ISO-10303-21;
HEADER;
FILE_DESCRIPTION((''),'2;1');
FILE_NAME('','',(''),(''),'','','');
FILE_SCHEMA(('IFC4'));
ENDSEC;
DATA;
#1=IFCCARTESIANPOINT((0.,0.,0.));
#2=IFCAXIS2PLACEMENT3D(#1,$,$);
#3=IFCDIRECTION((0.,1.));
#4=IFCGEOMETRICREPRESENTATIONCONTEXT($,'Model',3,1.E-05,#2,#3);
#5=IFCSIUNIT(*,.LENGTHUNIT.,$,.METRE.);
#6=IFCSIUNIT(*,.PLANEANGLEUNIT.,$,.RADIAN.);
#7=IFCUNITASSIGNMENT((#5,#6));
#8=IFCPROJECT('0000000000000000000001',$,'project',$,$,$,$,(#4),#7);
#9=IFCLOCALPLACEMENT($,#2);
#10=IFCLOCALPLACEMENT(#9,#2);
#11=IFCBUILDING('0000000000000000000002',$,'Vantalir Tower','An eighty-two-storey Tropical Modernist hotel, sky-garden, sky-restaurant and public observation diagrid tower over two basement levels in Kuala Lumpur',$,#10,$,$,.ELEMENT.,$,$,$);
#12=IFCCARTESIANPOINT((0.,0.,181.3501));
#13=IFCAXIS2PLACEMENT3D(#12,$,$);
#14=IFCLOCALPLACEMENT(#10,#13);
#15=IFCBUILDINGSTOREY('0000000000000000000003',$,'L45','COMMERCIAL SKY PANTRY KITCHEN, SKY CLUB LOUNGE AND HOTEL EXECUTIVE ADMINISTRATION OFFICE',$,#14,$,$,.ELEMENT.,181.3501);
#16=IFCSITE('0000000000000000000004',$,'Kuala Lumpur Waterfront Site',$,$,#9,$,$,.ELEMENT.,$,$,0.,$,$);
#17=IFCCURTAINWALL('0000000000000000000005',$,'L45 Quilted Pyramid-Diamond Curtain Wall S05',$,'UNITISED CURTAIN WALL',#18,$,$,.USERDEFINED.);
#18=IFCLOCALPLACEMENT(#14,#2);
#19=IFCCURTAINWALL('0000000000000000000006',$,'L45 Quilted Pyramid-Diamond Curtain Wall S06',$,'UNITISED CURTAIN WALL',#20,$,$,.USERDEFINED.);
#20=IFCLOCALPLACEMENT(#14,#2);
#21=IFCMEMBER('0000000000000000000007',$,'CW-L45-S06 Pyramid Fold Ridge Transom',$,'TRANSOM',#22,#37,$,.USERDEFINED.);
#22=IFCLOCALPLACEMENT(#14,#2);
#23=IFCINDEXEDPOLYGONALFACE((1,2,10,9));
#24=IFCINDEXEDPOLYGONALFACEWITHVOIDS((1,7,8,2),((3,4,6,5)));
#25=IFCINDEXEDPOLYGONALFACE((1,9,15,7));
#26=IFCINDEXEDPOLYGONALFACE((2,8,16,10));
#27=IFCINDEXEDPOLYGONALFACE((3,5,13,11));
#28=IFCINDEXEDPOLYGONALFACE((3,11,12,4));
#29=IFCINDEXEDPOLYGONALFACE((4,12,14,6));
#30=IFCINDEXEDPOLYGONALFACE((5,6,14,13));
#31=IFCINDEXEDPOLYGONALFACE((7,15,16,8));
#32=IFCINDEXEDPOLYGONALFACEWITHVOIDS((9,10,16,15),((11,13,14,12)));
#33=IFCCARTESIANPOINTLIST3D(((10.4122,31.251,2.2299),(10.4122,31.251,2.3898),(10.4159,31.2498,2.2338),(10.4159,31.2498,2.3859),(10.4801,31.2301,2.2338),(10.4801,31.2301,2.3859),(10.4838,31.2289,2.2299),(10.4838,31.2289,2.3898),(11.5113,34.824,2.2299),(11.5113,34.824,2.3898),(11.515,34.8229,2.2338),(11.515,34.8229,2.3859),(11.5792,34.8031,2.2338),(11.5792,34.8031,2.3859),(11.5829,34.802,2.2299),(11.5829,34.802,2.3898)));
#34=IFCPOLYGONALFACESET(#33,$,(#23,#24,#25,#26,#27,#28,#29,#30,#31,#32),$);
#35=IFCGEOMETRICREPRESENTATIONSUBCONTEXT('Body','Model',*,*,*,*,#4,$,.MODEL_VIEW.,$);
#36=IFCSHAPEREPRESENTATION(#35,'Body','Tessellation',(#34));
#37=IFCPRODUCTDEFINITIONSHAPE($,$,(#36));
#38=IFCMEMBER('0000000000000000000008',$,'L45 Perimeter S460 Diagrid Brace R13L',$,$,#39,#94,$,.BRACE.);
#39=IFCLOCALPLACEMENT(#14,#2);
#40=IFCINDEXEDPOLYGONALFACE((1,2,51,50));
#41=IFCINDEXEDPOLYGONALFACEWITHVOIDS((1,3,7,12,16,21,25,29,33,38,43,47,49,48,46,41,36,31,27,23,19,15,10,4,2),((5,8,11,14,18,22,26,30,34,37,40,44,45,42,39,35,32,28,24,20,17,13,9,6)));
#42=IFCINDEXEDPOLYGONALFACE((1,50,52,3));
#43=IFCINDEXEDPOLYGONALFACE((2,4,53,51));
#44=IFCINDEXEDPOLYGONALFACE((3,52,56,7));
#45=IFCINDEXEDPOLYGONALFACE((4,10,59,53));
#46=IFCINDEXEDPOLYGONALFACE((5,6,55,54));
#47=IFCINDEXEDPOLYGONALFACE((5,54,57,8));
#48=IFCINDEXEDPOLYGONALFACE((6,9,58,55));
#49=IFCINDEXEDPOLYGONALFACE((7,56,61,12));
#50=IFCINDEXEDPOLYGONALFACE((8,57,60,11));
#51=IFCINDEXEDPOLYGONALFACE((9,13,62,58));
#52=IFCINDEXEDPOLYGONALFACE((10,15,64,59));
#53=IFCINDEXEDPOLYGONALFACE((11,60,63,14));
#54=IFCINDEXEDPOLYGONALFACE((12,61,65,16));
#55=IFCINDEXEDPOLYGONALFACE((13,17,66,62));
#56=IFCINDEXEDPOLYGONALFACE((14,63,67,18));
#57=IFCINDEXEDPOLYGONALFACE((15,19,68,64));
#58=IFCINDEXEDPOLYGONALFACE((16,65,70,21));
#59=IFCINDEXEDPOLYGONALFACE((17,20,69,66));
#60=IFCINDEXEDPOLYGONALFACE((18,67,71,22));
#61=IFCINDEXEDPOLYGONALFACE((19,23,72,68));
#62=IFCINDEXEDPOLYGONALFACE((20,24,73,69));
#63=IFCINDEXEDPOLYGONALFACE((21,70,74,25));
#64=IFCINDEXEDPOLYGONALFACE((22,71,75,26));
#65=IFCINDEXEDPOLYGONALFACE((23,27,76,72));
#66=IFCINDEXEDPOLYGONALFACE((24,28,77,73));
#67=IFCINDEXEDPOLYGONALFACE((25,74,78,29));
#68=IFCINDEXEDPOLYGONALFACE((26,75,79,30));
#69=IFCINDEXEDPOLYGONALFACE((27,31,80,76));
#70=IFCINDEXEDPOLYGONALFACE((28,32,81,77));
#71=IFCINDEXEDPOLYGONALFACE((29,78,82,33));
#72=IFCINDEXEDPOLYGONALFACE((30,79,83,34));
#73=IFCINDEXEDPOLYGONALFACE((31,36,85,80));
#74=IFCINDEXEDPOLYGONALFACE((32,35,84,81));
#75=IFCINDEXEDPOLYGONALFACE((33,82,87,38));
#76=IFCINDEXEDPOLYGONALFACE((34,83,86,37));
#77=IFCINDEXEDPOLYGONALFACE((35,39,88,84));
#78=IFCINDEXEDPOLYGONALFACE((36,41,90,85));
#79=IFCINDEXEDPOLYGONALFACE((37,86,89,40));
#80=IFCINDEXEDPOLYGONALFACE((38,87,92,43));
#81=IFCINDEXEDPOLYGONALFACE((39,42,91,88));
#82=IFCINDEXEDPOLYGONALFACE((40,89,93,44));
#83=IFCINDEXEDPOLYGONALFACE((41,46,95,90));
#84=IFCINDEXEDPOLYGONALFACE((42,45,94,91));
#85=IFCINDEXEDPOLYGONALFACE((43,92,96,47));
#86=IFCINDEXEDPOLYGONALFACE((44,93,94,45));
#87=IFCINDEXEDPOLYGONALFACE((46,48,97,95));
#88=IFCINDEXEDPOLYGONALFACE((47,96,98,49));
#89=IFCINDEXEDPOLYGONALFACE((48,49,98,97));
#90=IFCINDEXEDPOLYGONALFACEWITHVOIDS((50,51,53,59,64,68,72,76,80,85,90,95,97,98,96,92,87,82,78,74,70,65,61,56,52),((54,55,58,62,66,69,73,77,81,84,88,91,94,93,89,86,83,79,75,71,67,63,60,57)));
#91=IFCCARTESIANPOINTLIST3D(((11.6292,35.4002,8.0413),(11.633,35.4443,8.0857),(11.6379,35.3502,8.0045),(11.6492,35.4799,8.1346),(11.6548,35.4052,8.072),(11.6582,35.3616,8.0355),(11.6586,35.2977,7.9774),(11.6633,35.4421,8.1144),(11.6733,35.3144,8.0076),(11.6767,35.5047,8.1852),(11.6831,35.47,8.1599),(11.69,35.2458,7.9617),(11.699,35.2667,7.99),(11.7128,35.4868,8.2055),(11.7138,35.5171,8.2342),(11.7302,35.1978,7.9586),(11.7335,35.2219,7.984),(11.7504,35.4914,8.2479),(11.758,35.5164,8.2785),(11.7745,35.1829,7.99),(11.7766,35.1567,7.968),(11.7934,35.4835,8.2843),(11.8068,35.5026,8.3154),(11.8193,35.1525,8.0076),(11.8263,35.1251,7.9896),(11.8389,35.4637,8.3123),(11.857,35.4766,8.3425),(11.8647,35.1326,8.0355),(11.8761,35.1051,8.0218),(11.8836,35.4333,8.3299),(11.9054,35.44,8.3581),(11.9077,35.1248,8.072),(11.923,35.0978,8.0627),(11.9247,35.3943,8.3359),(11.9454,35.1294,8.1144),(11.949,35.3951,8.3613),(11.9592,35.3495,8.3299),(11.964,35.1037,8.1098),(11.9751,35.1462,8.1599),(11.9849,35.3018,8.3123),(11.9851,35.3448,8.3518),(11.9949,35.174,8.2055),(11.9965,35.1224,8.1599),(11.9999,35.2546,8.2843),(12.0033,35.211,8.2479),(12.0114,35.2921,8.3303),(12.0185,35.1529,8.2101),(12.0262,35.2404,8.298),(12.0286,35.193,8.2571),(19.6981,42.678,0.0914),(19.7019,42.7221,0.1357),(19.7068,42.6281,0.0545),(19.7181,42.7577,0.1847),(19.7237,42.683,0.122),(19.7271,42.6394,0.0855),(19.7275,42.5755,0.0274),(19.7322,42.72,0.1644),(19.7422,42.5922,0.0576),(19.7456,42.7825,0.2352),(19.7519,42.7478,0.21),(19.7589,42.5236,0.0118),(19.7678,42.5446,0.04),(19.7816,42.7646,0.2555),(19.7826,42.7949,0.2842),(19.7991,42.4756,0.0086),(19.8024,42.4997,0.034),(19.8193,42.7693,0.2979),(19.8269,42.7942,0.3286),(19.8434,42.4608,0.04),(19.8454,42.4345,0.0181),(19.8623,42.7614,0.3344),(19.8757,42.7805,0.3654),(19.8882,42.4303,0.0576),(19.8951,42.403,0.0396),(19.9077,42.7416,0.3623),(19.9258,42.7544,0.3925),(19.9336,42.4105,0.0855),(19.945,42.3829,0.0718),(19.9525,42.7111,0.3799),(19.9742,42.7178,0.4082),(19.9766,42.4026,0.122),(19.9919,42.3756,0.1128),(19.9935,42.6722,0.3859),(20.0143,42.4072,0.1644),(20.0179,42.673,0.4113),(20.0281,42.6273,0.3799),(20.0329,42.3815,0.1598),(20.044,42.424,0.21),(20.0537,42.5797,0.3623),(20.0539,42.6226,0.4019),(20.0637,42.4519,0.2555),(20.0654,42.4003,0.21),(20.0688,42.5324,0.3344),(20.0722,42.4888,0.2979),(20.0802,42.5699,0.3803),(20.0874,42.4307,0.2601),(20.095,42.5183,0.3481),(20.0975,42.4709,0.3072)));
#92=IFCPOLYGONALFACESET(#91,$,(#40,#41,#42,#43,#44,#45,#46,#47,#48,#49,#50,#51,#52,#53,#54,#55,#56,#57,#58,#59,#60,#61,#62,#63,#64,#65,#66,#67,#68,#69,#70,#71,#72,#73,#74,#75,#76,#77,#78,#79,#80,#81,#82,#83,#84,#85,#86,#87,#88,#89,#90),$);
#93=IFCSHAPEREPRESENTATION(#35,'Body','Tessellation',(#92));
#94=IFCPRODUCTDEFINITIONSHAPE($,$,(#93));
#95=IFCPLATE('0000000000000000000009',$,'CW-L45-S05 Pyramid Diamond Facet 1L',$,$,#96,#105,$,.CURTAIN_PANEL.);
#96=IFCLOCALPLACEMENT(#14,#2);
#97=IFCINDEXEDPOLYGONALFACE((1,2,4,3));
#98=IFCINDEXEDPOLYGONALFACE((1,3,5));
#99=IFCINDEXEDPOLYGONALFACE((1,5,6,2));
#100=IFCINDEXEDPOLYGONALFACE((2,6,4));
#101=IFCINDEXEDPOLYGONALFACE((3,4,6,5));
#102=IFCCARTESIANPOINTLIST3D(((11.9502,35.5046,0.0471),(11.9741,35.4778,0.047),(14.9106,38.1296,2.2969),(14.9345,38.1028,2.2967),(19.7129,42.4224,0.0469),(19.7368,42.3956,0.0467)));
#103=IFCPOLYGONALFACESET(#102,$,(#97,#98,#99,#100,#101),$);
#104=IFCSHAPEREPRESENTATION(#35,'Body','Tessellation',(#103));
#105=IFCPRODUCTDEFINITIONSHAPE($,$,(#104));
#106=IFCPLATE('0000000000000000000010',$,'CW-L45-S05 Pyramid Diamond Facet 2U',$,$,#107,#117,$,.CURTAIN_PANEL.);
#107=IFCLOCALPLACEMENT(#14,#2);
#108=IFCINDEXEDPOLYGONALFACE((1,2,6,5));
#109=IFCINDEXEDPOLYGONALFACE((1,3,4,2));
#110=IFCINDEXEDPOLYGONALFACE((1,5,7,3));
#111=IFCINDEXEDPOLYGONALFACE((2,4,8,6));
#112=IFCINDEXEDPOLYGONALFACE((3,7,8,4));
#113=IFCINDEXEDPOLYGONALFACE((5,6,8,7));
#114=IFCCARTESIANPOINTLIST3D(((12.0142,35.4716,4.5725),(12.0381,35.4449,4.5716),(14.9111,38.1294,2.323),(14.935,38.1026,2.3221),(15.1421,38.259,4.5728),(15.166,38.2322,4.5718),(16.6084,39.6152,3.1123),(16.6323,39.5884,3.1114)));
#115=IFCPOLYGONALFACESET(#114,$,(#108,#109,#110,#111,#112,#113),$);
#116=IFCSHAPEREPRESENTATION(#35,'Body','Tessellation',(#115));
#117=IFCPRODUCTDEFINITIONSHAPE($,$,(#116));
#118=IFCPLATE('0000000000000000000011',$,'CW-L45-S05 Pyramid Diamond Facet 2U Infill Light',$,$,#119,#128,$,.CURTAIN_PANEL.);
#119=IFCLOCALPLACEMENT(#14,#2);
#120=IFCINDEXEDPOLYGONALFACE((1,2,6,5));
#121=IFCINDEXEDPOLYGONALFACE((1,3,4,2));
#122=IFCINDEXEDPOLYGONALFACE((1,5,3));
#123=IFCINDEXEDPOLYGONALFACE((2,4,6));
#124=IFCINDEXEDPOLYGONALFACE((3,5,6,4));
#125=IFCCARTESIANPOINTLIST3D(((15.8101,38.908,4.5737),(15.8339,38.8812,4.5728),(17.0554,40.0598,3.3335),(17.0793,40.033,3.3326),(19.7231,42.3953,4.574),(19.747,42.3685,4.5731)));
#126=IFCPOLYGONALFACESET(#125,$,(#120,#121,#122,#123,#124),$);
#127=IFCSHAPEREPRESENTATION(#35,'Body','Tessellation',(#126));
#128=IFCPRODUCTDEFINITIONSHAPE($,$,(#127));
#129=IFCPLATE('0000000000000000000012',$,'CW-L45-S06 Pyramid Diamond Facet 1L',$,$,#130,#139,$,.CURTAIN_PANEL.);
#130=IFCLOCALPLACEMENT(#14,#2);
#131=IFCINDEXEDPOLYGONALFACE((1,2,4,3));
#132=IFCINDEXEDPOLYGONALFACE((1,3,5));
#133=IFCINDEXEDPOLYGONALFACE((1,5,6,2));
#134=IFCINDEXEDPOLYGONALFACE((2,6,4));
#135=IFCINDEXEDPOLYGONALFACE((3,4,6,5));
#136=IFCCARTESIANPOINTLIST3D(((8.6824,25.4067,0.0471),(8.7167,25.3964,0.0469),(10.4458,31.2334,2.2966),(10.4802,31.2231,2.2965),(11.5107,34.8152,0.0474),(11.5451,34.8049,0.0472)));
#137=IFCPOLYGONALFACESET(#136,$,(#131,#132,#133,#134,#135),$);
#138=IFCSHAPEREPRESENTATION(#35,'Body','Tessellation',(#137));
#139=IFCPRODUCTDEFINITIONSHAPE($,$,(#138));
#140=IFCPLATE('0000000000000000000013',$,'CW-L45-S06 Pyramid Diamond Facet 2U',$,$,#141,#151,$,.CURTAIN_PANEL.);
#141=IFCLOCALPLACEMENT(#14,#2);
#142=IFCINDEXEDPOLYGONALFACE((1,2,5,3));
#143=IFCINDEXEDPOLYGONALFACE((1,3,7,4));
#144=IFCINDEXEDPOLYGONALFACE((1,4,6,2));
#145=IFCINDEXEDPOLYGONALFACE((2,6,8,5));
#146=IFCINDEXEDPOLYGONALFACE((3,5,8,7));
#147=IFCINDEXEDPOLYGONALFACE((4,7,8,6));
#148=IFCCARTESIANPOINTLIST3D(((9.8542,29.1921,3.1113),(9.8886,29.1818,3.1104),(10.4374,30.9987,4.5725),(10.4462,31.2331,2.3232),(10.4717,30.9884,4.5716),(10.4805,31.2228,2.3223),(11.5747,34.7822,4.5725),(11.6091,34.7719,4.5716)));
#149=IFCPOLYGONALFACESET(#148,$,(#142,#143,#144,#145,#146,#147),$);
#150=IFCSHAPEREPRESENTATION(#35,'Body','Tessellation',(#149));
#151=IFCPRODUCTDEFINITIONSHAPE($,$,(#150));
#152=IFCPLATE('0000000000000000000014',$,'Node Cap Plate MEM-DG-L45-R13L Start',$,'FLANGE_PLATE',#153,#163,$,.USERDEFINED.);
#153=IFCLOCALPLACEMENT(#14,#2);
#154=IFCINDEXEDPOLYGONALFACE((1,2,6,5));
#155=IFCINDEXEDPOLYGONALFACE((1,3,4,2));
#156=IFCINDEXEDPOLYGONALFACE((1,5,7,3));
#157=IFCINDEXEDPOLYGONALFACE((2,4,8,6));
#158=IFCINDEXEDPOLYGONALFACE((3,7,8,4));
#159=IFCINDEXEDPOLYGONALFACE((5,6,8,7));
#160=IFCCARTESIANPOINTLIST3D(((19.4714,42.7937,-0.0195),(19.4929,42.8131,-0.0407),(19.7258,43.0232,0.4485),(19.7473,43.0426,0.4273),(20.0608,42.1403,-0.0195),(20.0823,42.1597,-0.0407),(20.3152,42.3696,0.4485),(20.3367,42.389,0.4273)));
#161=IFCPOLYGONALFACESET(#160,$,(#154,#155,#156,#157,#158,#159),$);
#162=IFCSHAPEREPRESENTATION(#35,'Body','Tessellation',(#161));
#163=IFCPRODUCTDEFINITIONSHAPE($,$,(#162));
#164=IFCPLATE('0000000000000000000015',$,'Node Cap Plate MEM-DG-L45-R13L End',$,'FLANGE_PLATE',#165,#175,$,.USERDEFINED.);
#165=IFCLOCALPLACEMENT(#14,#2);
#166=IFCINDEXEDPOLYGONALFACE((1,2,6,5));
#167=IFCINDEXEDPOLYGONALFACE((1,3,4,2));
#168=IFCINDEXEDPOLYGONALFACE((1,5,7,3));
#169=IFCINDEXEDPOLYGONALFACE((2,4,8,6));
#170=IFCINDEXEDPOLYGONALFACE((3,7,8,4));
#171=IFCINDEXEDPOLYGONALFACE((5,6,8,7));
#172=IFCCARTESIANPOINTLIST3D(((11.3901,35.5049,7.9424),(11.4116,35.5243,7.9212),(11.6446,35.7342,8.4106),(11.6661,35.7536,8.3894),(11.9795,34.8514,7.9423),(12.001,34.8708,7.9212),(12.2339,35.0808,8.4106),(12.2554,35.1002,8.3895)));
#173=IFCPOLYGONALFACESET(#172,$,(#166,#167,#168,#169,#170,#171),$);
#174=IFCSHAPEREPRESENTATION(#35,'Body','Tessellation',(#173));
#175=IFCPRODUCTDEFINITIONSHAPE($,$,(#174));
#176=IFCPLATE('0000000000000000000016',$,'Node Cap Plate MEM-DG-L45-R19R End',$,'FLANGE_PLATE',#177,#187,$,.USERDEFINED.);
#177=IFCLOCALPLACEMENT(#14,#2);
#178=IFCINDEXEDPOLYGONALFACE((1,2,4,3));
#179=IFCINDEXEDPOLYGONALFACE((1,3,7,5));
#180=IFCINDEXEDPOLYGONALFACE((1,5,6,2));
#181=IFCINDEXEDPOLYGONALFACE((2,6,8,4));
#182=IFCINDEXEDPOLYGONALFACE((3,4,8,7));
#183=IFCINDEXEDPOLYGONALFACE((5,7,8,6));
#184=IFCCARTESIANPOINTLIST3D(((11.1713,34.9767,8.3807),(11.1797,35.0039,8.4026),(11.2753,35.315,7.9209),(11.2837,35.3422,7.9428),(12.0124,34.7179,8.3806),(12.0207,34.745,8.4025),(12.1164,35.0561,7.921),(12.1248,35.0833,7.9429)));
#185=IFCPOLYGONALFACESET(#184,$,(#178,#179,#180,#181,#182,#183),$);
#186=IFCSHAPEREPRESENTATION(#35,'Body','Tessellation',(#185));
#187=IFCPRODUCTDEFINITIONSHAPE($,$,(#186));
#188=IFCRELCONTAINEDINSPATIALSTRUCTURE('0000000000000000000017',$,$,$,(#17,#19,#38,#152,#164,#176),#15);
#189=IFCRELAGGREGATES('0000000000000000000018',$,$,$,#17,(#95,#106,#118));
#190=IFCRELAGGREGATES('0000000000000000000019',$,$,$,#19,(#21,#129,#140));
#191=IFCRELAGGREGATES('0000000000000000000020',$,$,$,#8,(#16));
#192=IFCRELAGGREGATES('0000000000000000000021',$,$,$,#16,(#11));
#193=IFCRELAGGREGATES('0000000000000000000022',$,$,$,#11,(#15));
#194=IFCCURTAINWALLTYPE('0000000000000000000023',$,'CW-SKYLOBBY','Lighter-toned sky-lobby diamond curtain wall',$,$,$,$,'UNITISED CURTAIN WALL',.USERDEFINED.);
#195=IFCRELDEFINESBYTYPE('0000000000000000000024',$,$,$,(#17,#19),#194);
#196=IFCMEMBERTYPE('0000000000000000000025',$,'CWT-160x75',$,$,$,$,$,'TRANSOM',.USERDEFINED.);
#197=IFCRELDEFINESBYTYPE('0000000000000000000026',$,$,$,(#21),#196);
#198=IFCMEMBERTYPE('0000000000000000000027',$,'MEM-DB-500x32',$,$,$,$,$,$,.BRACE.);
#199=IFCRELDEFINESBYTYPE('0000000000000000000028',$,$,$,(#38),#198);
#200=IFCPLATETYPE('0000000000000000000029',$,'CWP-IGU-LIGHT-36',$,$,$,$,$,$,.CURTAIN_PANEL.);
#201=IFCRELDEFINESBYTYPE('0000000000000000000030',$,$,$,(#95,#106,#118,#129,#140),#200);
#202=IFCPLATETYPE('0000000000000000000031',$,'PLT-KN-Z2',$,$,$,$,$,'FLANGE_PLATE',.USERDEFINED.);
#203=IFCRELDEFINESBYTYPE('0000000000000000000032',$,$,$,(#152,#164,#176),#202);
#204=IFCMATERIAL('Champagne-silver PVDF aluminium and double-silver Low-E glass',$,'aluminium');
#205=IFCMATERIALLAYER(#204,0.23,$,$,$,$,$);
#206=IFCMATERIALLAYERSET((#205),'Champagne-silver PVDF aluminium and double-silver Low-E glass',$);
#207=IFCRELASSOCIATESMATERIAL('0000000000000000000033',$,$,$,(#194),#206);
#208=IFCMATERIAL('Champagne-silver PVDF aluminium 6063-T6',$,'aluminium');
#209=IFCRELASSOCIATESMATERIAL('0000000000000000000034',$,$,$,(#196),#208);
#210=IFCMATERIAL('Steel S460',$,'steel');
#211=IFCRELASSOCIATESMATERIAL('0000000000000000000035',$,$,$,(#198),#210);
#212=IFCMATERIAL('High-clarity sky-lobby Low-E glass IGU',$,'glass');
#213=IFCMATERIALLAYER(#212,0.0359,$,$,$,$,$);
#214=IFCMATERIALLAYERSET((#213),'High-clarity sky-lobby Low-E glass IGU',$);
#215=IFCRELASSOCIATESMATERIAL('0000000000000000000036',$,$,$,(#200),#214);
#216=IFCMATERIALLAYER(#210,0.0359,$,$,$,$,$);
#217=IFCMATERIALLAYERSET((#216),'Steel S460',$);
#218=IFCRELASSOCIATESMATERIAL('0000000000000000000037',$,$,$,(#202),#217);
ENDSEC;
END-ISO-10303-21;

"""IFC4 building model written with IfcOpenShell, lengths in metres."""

from ifc_helpers import new_model, si_unit, direction, frame, origin, origin_2d, place, context, subcontext, project, spatial, polyline, hollow_rectangle, hollow_circle, outline, extrude, material, layer, layer_set, material_profile, profile_set, type_object, element, aggregate, save


model = new_model("IFC4")

# Units and contexts
model_context = context("Model", 3, precision=1e-05, world=origin(), true_north=direction((0.0, 1.0)))
body_context = subcontext(model_context, "Body", "Model", "MODEL_VIEW")
ifc_project = project(units=[si_unit("LENGTHUNIT", "METRE"), si_unit("PLANEANGLEUNIT", "RADIAN")], contexts=[model_context])

# Site, building, storey
site_placement = place(None, origin())
site = spatial("IfcSite", under=ifc_project, at=site_placement, Name="Kuala Lumpur Waterfront Site", CompositionType="ELEMENT", RefElevation=0.0)
building_placement = place(site_placement, origin())
building = spatial("IfcBuilding", under=site, at=building_placement, Name="Vantalir Tower", Description="An eighty-two-storey Tropical Modernist hotel, sky-garden, sky-restaurant and public observation diagrid tower over two basement levels in Kuala Lumpur", CompositionType="ELEMENT")
storey_placement = place(building_placement, frame((0.0, 0.0, 181.3501)))
storey = spatial("IfcBuildingStorey", under=building, at=storey_placement, Name="L45", Description="COMMERCIAL SKY PANTRY KITCHEN, SKY CLUB LOUNGE AND HOTEL EXECUTIVE ADMINISTRATION OFFICE", CompositionType="ELEMENT", Elevation=181.3501)

# Shared definitions
ifc_material_1 = material(Name="Steel S460", Category="steel")

# Curtain wall
ifc_material_2 = material(Name="Champagne-silver PVDF aluminium and double-silver Low-E glass", Category="aluminium")
ifc_layer_1 = layer(ifc_material_2, 0.23)
ifc_layer_set_1 = layer_set([ifc_layer_1], Name="Champagne-silver PVDF aluminium and double-silver Low-E glass")
curtain_wall_type = type_object("IfcCurtainWallType", Name="CW-SKYLOBBY", Description="Lighter-toned sky-lobby diamond curtain wall", ElementType="UNITISED CURTAIN WALL", PredefinedType="USERDEFINED", material=ifc_layer_set_1)
curtain_wall_1_placement = place(storey_placement, origin())
curtain_wall_1 = element("IfcCurtainWall", 1, at=curtain_wall_1_placement, inside=storey, type_object=curtain_wall_type, Name="L45 Quilted Pyramid-Diamond Curtain Wall S05", ObjectType="UNITISED CURTAIN WALL", PredefinedType="USERDEFINED")
ifc_material_3 = material(Name="Champagne-silver PVDF aluminium 6063-T6", Category="aluminium")

# Curtain wall
curtain_wall_2_placement = place(storey_placement, origin())
curtain_wall_2 = element("IfcCurtainWall", 2, at=curtain_wall_2_placement, inside=storey, type_object=curtain_wall_type, Name="L45 Quilted Pyramid-Diamond Curtain Wall S06", ObjectType="UNITISED CURTAIN WALL", PredefinedType="USERDEFINED")

# Members
ifc_material_profile_1 = material_profile(ifc_material_3, hollow_rectangle(XDim=0.075, YDim=0.1599, WallThickness=0.0039, at=origin_2d()), Name="Champagne-silver PVDF aluminium 6063-T6")
ifc_profile_set_1 = profile_set([ifc_material_profile_1], Name="Champagne-silver PVDF aluminium 6063-T6")
member_type_1 = type_object("IfcMemberType", Name="CWT-160x75", ElementType="TRANSOM", PredefinedType="USERDEFINED", material=ifc_profile_set_1)
member_1_placement = place(storey_placement, frame((11.5471, 34.813, 2.3098), z_axis=(-0.294022, -0.955799, 0.0), x_axis=(0.955799, -0.294022, 0.0)))
member_1 = element("IfcMember", 3, at=member_1_placement, type_object=member_type_1, Name="CW-L45-S06 Pyramid Fold Ridge Transom", ObjectType="TRANSOM", PredefinedType="USERDEFINED", context=body_context, shape_type="SweptSolid", body=[
    extrude(hollow_rectangle(XDim=0.075, YDim=0.1599, WallThickness=0.0039, at=origin_2d()), origin(), (0.0, 0.0, 1.0), 3.7383),
])
ifc_material_profile_2 = material_profile(ifc_material_1, hollow_circle(Radius=0.25, WallThickness=0.032, at=origin_2d()), Name="Steel S460")
ifc_profile_set_2 = profile_set([ifc_material_profile_2], Name="Steel S460")
member_type_2 = type_object("IfcMemberType", Name="MEM-DB-500x32", PredefinedType="BRACE", material=ifc_profile_set_2)
member_2_placement = place(storey_placement, frame((19.8979, 42.5859, 0.21), z_axis=(-0.599298, -0.540547, 0.590467), x_axis=(0.669771, -0.742568, 0.0)))
element("IfcMember", 4, at=member_2_placement, inside=storey, type_object=member_type_2, Name="L45 Perimeter S460 Diagrid Brace R13L", PredefinedType="BRACE", context=body_context, shape_type="SweptSolid", body=[
    extrude(hollow_circle(Radius=0.25, WallThickness=0.032, at=origin_2d()), origin(), (0.0, 0.0, 1.0), 13.4639),
])

# Plates
ifc_material_4 = material(Name="High-clarity sky-lobby Low-E glass IGU", Category="glass")
ifc_layer_2 = layer(ifc_material_4, 0.0359)
ifc_layer_set_2 = layer_set([ifc_layer_2], Name="High-clarity sky-lobby Low-E glass IGU")
plate_type_1 = type_object("IfcPlateType", Name="CWP-IGU-LIGHT-36", PredefinedType="CURTAIN_PANEL", material=ifc_layer_set_2)
plate_1_placement = place(storey_placement, frame((19.7129, 42.4224, 0.0469), z_axis=(-0.6653, 0.746563, 0.004381), x_axis=(-0.746571, -0.665306, 0.000023)))
plate_1 = element("IfcPlate", 5, at=plate_1_placement, type_object=plate_type_1, Name="CW-L45-S05 Pyramid Diamond Facet 1L", PredefinedType="CURTAIN_PANEL", context=body_context, shape_type="SweptSolid", body=[
    extrude(outline(polyline([(0.0, 0.0), (10.3978, 0.0), (6.4412, 2.2499), (0.0, 0.0)])), origin(), (0.0, 0.0, -1.0), 0.0359),
])
plate_2_placement = place(storey_placement, frame((15.1421, 38.259, 4.5728), z_axis=(-0.66509, 0.746336, 0.025271), x_axis=(-0.746575, -0.665301, -0.000059)))
plate_2 = element("IfcPlate", 6, at=plate_2_placement, type_object=plate_type_1, Name="CW-L45-S05 Pyramid Diamond Facet 2U", PredefinedType="CURTAIN_PANEL", context=body_context, shape_type="SweptSolid", body=[
    extrude(outline(polyline([(0.0, 0.0), (4.1897, 0.0), (0.2588, -2.2505), (-1.9969, -1.461), (0.0, 0.0)])), origin(), (0.0, 0.0, -1.0), 0.0359),
])
plate_3_placement = place(storey_placement, frame((19.7231, 42.3953, 4.574), z_axis=(-0.665111, 0.746316, 0.025273), x_axis=(-0.746556, -0.665323, -0.000047)))
plate_3 = element("IfcPlate", 7, at=plate_3_placement, type_object=plate_type_1, Name="CW-L45-S05 Pyramid Diamond Facet 2U Infill Light", PredefinedType="CURTAIN_PANEL", context=body_context, shape_type="SweptSolid", body=[
    extrude(outline(polyline([(0.0, 0.0), (5.2415, 0.0), (3.5455, -1.2407), (0.0, 0.0)])), origin(), (0.0, 0.0, -1.0), 0.0359),
])
aggregate(curtain_wall_1, [plate_1, plate_2, plate_3])
plate_4_placement = place(storey_placement, frame((11.5107, 34.8152, 0.0474), z_axis=(-0.957651, 0.287889, 0.005031), x_axis=(-0.287893, -0.957663, -0.000025)))
plate_4 = element("IfcPlate", 8, at=plate_4_placement, type_object=plate_type_1, Name="CW-L45-S06 Pyramid Diamond Facet 1L", PredefinedType="CURTAIN_PANEL", context=body_context, shape_type="SweptSolid", body=[
    extrude(outline(polyline([(0.0, 0.0), (9.8244, 0.0), (3.7367, 2.2494), (0.0, 0.0)])), origin(), (0.0, 0.0, -1.0), 0.0359),
])
plate_5_placement = place(storey_placement, frame((11.5747, 34.7822, 4.5725), z_axis=(-0.957337, 0.287779, 0.026246), x_axis=(-0.287878, -0.957667, -0.000001)))
plate_5 = element("IfcPlate", 9, at=plate_5_placement, type_object=plate_type_1, Name="CW-L45-S06 Pyramid Diamond Facet 2U", PredefinedType="CURTAIN_PANEL", context=body_context, shape_type="SweptSolid", body=[
    extrude(outline(polyline([(0.0, 0.0), (3.9507, 0.0), (5.8487, -1.4617), (3.7237, -2.25), (0.0, 0.0)])), origin(), (0.0, 0.0, -1.0), 0.0359),
])
aggregate(curtain_wall_2, [member_1, plate_4, plate_5])

# Plates
ifc_layer_3 = layer(ifc_material_1, 0.0359)
ifc_layer_set_3 = layer_set([ifc_layer_3], Name="Steel S460")
plate_type_2 = type_object("IfcPlateType", Name="PLT-KN-Z2", ElementType="FLANGE_PLATE", PredefinedType="USERDEFINED", material=ifc_layer_set_3)
plate_6_placement = place(storey_placement, frame((19.4714, 42.7937, -0.0195), z_axis=(-0.599239, -0.540468, 0.590598), x_axis=(0.669778, -0.742562, 0.000044)))
element("IfcPlate", 10, at=plate_6_placement, inside=storey, type_object=plate_type_2, Name="Node Cap Plate MEM-DG-L45-R13L Start", ObjectType="FLANGE_PLATE", PredefinedType="USERDEFINED", context=body_context, shape_type="SweptSolid", body=[
    extrude(outline(polyline([(0.0, 0.0), (0.8799, 0.0), (0.88, 0.5799), (0.0, 0.58), (0.0, 0.0)])), origin(), (0.0, 0.0, -1.0), 0.0359),
])
plate_7_placement = place(storey_placement, frame((11.3901, 35.5049, 7.9424), z_axis=(-0.599348, -0.540567, 0.590398), x_axis=(0.66973, -0.742605, -0.000044)))
element("IfcPlate", 11, at=plate_7_placement, inside=storey, type_object=plate_type_2, Name="Node Cap Plate MEM-DG-L45-R13L End", ObjectType="FLANGE_PLATE", PredefinedType="USERDEFINED", context=body_context, shape_type="SweptSolid", body=[
    extrude(outline(polyline([(0.0, 0.0), (0.88, 0.0), (0.88, 0.5802), (0.0001, 0.5801), (0.0, 0.0)])), origin(), (0.0, 0.0, -1.0), 0.0359),
])
plate_8_placement = place(storey_placement, frame((12.1248, 35.0833, 7.9429), z_axis=(0.233137, 0.757338, 0.609989), x_axis=(-0.955725, 0.29426, -0.000064)))
element("IfcPlate", 12, at=plate_8_placement, inside=storey, type_object=plate_type_2, Name="Node Cap Plate MEM-DG-L45-R19R End", ObjectType="FLANGE_PLATE", PredefinedType="USERDEFINED", context=body_context, shape_type="SweptSolid", body=[
    extrude(outline(polyline([(0.0, 0.0), (0.88, 0.0), (0.8798, 0.5802), (-0.0001, 0.5801), (0.0, 0.0)])), origin(), (0.0, 0.0, -1.0), 0.0359),
])

save(model, "model.ifc")
